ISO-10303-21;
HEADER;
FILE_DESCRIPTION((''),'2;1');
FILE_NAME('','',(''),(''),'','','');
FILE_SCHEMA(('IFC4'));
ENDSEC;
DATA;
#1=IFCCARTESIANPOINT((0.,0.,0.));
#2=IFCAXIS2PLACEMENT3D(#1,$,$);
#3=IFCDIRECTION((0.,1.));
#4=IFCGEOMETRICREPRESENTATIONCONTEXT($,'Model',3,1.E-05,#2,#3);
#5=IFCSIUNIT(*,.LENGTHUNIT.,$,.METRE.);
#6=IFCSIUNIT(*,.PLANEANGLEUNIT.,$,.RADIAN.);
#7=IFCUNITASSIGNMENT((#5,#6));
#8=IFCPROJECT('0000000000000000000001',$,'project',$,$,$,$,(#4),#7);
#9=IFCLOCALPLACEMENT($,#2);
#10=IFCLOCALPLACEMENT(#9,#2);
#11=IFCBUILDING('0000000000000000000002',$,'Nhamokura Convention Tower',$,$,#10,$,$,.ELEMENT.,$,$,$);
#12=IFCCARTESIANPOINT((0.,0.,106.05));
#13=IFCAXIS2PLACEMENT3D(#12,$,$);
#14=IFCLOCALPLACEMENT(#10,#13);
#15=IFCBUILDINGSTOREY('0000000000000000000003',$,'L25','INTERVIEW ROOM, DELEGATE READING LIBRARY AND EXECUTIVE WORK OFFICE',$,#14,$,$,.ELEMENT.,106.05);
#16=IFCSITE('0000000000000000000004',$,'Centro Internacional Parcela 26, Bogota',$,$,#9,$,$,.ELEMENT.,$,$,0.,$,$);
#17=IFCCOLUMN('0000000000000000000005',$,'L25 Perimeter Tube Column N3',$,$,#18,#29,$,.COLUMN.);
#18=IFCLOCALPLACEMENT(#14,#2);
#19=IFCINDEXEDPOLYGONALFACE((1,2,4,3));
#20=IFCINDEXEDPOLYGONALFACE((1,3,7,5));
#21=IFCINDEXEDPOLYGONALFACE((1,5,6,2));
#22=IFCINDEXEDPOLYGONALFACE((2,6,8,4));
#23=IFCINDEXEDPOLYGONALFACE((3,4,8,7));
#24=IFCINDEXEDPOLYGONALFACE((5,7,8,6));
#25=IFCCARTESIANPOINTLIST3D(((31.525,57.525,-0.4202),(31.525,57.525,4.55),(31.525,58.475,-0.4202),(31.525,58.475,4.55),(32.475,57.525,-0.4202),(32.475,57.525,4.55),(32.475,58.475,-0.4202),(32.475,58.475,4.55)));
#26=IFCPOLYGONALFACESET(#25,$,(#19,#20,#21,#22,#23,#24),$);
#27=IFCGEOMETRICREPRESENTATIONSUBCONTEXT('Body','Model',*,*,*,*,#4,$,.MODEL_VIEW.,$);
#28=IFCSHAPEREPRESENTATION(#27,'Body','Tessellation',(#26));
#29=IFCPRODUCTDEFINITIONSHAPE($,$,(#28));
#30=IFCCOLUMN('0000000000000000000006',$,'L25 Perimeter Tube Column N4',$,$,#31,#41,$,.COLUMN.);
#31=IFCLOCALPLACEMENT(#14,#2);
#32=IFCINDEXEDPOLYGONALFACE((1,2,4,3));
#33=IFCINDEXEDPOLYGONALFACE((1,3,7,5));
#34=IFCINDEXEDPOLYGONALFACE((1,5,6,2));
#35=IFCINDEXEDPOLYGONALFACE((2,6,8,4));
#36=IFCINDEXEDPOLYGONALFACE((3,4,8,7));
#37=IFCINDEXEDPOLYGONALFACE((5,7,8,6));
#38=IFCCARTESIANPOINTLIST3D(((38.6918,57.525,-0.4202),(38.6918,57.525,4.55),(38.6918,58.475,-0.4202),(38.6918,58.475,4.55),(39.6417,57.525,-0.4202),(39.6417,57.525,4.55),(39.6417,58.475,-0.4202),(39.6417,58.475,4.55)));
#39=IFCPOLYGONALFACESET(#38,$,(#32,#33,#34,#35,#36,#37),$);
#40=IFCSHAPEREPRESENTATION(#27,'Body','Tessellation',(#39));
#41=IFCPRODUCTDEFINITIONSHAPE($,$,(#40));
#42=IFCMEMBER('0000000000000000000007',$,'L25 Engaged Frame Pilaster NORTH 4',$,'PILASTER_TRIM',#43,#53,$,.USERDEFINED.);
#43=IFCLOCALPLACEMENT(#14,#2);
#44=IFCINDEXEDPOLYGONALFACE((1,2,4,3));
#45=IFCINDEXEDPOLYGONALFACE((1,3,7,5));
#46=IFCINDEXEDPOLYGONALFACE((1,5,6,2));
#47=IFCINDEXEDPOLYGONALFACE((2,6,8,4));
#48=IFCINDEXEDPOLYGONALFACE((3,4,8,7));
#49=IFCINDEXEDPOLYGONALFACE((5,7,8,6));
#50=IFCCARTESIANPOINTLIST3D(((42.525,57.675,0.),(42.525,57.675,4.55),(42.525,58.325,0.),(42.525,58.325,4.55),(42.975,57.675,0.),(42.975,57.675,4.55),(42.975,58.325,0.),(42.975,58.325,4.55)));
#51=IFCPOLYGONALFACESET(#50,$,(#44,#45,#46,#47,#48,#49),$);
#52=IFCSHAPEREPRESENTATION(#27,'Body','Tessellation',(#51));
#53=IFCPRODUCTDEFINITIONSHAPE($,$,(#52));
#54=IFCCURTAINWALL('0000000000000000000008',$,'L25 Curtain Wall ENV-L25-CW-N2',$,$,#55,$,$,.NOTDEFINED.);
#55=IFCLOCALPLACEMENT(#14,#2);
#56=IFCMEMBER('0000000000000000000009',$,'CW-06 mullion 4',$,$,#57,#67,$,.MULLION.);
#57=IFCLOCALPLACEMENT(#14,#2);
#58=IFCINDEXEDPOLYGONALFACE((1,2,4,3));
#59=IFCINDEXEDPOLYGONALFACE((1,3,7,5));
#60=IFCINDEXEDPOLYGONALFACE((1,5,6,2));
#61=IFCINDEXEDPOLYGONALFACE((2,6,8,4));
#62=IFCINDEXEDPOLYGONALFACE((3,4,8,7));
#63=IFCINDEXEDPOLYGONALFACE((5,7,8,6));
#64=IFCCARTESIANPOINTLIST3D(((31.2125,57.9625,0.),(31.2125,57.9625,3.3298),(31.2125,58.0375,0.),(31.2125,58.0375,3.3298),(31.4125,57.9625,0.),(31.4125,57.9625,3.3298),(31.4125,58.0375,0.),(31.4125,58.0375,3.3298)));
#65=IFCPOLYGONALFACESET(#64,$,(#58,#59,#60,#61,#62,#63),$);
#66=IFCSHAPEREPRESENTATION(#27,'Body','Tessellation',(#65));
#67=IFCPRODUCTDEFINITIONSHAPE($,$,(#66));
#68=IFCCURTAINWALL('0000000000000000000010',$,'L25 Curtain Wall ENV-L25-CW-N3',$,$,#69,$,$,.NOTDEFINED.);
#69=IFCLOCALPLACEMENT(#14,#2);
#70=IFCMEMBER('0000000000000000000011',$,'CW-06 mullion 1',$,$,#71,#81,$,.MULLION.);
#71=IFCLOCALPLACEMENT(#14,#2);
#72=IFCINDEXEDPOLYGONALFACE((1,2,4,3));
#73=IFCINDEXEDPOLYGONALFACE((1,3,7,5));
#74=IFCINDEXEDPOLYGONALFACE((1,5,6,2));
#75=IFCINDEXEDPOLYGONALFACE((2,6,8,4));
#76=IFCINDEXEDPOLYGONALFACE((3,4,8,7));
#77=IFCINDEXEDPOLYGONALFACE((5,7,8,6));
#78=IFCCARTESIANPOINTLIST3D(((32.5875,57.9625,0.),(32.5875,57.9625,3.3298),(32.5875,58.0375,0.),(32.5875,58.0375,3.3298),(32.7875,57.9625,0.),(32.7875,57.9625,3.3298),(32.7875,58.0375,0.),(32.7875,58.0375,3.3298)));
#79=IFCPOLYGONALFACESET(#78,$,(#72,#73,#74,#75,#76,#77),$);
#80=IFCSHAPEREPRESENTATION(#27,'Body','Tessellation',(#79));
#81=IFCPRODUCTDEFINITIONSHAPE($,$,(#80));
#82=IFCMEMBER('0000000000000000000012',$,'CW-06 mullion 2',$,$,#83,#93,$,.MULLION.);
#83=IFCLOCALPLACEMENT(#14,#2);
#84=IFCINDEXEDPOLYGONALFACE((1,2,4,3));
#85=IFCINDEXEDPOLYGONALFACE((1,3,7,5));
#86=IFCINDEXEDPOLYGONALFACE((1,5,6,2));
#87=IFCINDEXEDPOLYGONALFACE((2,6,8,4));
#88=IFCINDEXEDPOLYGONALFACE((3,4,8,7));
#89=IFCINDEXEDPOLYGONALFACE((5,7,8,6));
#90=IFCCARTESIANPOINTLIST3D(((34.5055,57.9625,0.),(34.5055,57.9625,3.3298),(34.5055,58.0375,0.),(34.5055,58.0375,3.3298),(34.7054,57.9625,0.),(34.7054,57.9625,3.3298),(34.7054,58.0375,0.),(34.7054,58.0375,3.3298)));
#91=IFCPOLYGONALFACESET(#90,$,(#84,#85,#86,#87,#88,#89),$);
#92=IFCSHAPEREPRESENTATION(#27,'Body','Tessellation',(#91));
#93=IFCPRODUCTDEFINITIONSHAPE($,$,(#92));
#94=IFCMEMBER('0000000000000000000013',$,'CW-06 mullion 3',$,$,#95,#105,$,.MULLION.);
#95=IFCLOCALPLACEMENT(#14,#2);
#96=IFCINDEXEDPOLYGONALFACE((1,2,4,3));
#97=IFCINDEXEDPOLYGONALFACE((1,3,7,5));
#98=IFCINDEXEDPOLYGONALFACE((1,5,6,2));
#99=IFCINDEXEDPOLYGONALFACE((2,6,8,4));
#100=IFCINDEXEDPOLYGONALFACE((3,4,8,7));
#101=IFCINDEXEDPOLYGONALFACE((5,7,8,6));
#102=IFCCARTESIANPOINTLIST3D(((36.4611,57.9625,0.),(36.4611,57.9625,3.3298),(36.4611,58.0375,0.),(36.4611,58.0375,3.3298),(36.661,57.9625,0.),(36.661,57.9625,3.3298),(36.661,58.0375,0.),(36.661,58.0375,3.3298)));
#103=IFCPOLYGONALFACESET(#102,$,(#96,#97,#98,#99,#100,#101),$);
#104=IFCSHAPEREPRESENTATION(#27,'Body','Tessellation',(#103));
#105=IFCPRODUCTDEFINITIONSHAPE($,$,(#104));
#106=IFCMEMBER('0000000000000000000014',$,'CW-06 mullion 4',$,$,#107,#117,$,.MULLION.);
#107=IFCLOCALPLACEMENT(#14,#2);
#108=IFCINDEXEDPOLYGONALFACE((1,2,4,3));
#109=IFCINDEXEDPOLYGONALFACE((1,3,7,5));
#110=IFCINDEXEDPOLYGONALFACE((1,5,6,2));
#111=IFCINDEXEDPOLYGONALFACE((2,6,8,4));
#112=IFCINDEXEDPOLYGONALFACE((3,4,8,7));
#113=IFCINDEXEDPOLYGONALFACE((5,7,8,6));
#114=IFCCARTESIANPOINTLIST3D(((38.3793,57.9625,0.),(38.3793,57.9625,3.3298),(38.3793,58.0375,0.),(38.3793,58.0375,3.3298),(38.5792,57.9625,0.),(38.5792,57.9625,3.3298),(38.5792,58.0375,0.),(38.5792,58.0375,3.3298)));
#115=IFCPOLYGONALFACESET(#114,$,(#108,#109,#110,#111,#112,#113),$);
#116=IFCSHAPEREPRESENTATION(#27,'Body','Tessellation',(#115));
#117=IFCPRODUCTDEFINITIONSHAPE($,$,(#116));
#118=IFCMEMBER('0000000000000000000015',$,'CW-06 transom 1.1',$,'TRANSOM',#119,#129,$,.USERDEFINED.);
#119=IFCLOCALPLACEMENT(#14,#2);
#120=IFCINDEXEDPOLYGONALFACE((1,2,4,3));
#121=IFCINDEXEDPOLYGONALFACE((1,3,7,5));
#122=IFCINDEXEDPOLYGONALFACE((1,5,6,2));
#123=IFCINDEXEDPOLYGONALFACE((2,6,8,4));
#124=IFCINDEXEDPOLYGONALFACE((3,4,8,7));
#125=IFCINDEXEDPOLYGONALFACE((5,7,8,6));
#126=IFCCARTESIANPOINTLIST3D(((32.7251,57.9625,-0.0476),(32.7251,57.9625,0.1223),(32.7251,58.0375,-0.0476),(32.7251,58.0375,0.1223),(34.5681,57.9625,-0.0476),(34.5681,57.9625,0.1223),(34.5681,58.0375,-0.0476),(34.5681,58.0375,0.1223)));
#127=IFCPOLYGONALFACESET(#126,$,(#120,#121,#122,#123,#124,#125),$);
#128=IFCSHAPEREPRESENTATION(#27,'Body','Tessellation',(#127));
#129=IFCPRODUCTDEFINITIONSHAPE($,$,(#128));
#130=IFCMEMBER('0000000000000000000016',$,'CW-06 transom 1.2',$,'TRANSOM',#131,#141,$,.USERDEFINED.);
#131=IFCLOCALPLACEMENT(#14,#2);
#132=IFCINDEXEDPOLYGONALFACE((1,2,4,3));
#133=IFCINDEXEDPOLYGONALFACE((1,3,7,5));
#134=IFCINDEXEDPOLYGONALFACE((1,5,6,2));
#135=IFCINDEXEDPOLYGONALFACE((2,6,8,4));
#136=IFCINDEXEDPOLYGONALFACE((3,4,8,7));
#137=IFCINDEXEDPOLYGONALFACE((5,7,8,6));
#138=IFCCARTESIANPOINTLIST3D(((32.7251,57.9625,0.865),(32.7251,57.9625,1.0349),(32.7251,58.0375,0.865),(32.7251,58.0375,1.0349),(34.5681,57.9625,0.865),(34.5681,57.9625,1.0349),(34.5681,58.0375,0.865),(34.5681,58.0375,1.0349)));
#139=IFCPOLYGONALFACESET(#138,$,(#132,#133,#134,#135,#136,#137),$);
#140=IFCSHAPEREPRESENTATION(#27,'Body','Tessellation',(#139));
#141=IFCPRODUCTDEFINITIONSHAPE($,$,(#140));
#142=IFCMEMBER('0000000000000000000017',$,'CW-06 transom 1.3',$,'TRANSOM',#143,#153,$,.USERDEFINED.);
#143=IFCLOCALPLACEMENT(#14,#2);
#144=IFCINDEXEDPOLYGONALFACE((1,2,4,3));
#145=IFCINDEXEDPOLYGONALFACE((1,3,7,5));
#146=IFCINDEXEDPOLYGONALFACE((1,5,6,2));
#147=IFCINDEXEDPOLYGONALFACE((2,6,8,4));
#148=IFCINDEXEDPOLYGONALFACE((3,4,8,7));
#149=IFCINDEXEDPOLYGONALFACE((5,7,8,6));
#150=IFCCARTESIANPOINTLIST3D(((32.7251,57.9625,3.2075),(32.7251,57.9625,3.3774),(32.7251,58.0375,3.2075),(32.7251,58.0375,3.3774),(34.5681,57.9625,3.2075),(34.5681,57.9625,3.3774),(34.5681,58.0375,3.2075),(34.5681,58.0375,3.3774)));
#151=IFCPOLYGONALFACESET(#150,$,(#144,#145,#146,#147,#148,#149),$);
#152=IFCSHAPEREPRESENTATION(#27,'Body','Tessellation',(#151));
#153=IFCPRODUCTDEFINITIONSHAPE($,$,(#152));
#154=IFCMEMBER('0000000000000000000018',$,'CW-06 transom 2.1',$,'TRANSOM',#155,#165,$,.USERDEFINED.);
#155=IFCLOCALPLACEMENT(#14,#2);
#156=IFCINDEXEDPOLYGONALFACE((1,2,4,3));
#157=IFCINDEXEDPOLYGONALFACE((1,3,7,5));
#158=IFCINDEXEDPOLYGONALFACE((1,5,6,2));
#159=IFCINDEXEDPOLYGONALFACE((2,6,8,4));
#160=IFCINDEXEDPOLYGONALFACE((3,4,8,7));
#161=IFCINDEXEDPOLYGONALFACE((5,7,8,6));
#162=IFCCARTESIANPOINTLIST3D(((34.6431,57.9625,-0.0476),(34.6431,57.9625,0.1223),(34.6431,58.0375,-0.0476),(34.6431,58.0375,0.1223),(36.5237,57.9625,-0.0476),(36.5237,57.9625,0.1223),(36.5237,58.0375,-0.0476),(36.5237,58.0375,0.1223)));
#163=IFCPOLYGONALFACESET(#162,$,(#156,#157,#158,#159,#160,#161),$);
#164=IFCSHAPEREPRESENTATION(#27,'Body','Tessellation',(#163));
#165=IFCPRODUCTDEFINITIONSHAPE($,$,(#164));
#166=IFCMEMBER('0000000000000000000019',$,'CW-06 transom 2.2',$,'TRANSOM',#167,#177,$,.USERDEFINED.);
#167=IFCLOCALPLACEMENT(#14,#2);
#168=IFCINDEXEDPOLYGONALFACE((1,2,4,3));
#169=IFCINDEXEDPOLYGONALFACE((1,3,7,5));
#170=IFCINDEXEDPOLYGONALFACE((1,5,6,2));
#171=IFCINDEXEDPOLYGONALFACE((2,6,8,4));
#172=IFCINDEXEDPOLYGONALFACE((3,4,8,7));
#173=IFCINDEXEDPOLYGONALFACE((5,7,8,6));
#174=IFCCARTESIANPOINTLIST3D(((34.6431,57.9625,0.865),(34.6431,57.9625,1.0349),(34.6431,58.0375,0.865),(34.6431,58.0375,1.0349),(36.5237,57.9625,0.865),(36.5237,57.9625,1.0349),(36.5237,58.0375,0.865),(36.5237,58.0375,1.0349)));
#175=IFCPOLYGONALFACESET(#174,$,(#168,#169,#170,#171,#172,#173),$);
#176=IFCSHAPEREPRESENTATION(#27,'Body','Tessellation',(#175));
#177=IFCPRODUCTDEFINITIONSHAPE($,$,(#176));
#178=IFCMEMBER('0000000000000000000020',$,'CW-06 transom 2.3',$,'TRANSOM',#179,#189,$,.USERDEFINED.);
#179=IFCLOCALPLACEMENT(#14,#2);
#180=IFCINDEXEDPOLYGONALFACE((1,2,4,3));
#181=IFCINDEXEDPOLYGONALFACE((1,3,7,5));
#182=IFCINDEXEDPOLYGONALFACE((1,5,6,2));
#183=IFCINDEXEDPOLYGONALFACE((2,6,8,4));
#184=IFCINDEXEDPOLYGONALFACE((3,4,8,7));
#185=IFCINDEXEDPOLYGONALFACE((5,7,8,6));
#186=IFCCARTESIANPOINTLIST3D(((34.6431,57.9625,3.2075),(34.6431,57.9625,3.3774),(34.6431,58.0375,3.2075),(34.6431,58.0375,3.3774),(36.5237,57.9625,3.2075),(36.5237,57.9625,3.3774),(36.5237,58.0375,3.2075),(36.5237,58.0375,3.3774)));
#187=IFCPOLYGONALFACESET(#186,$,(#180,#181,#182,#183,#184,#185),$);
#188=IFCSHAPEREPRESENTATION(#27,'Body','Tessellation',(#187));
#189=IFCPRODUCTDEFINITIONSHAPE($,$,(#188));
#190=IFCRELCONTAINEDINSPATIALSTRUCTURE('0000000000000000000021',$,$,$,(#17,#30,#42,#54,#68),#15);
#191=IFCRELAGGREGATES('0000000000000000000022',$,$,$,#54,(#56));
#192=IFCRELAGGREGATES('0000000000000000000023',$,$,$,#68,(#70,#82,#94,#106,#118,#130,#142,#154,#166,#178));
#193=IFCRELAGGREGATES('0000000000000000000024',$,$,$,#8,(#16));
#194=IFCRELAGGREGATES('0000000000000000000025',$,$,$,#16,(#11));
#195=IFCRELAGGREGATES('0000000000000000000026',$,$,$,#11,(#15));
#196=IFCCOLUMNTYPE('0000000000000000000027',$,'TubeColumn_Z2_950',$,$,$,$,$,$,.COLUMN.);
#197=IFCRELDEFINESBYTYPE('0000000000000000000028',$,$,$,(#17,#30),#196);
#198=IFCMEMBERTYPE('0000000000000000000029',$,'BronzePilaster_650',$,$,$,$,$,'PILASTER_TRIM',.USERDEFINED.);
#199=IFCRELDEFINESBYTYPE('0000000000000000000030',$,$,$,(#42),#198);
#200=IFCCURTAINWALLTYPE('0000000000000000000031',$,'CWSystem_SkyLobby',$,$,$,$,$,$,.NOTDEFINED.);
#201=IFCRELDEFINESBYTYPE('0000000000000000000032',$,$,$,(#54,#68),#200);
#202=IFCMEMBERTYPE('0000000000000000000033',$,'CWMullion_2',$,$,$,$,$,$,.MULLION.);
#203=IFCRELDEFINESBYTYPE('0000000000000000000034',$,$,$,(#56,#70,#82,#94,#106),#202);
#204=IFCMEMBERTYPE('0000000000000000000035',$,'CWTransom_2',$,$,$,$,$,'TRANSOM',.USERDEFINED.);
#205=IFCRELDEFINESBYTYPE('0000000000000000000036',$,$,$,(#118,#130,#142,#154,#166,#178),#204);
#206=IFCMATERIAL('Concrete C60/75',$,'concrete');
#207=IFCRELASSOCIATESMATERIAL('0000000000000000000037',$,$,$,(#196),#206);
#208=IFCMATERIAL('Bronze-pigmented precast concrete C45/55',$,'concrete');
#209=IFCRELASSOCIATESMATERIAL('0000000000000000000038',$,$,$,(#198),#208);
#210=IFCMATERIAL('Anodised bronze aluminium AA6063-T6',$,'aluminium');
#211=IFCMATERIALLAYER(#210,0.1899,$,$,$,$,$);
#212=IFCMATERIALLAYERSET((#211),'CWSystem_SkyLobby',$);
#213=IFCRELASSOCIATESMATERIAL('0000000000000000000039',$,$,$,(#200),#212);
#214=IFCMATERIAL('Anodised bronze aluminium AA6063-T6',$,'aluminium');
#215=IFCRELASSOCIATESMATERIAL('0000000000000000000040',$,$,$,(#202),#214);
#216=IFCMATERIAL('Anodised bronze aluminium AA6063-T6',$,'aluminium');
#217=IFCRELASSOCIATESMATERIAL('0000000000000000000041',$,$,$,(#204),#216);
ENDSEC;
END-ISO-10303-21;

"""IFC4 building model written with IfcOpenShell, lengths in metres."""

from ifc_helpers import new_model, si_unit, direction, frame, origin, origin_2d, place, context, subcontext, project, spatial, rectangle, extrude, material, layer, layer_set, material_profile, profile_set, type_object, element, aggregate, save


model = new_model("IFC4")

# Units and contexts
model_context = context("Model", 3, precision=1e-05, world=origin(), true_north=direction((0.0, 1.0)))
body_context = subcontext(model_context, "Body", "Model", "MODEL_VIEW")
ifc_project = project(units=[si_unit("LENGTHUNIT", "METRE"), si_unit("PLANEANGLEUNIT", "RADIAN")], contexts=[model_context])

# Site, building, storey
site_placement = place(None, origin())
site = spatial("IfcSite", under=ifc_project, at=site_placement, Name="Centro Internacional Parcela 26, Bogota", CompositionType="ELEMENT", RefElevation=0.0)
building_placement = place(site_placement, origin())
building = spatial("IfcBuilding", under=site, at=building_placement, Name="Nhamokura Convention Tower", CompositionType="ELEMENT")
storey_placement = place(building_placement, frame((0.0, 0.0, 106.05)))
storey = spatial("IfcBuildingStorey", under=building, at=storey_placement, Name="L25", Description="INTERVIEW ROOM, DELEGATE READING LIBRARY AND EXECUTIVE WORK OFFICE", CompositionType="ELEMENT", Elevation=106.05)

# Columns
ifc_material_1 = material(Name="Concrete C60/75", Category="concrete")
ifc_material_profile_1 = material_profile(ifc_material_1, rectangle(XDim=0.95, YDim=0.95, at=origin_2d()))
ifc_profile_set_1 = profile_set([ifc_material_profile_1], Name="Concrete C60/75")
column_type = type_object("IfcColumnType", Name="TubeColumn_Z2_950", PredefinedType="COLUMN", material=ifc_profile_set_1)
for number, where, z_axis, x_axis, name in (
    (1, (32.0, 58.0, -0.4202), (0.0, 0.0, 1.0), (1.0, 0.0, 0.0), "L25 Perimeter Tube Column N3"),
    (2, (39.1667, 58.0, -0.4202), (0.0, 0.0, 1.0), (1.0, 0.0, 0.0), "L25 Perimeter Tube Column N4"),
):
    element("IfcColumn", number, at=place(storey_placement, frame(where, z_axis=z_axis, x_axis=x_axis)), inside=storey, type_object=column_type, Name=name, PredefinedType="COLUMN", context=body_context, shape_type="SweptSolid", body=[
        extrude(rectangle(XDim=0.95, YDim=0.95, at=origin_2d()), origin(), (0.0, 0.0, 1.0), 4.9702),
    ])

# Member
ifc_material_2 = material(Name="Bronze-pigmented precast concrete C45/55", Category="concrete")
ifc_material_profile_2 = material_profile(ifc_material_2, rectangle(XDim=0.45, YDim=0.6499, at=origin_2d()))
ifc_profile_set_2 = profile_set([ifc_material_profile_2], Name="Bronze-pigmented precast concrete C45/55")
member_type_1 = type_object("IfcMemberType", Name="BronzePilaster_650", ElementType="PILASTER_TRIM", PredefinedType="USERDEFINED", material=ifc_profile_set_2)
member_1_placement = place(storey_placement, frame((42.75, 58.0, 0.0), z_axis=(0.0, 0.0, 1.0), x_axis=(1.0, 0.0, 0.0)))
element("IfcMember", 3, at=member_1_placement, inside=storey, type_object=member_type_1, Name="L25 Engaged Frame Pilaster NORTH 4", ObjectType="PILASTER_TRIM", PredefinedType="USERDEFINED", context=body_context, shape_type="SweptSolid", body=[
    extrude(rectangle(XDim=0.45, YDim=0.6499, at=origin_2d()), origin(), (0.0, 0.0, 1.0), 4.55),
])

# Curtain wall, member
ifc_material_3 = material(Name="Anodised bronze aluminium AA6063-T6", Category="aluminium")
ifc_layer_1 = layer(ifc_material_3, 0.1899)
ifc_layer_set_1 = layer_set([ifc_layer_1], Name="CWSystem_SkyLobby")
curtain_wall_type = type_object("IfcCurtainWallType", Name="CWSystem_SkyLobby", PredefinedType="NOTDEFINED", material=ifc_layer_set_1)
curtain_wall_1_placement = place(storey_placement, origin())
curtain_wall_1 = element("IfcCurtainWall", 4, at=curtain_wall_1_placement, inside=storey, type_object=curtain_wall_type, Name="L25 Curtain Wall ENV-L25-CW-N2", PredefinedType="NOTDEFINED")
ifc_material_4 = material(Name="Anodised bronze aluminium AA6063-T6", Category="aluminium")
ifc_material_profile_3 = material_profile(ifc_material_4, rectangle(XDim=0.075, YDim=0.2, at=origin_2d()))
ifc_profile_set_3 = profile_set([ifc_material_profile_3], Name="Anodised bronze aluminium AA6063-T6")
member_type_2 = type_object("IfcMemberType", Name="CWMullion_2", PredefinedType="MULLION", material=ifc_profile_set_3)
member_2_placement = place(storey_placement, frame((31.3125, 58.0, 0.0), z_axis=(0.0, 0.0, 1.0), x_axis=(0.0, 1.0, 0.0)))
member_2 = element("IfcMember", 5, at=member_2_placement, type_object=member_type_2, Name="CW-06 mullion 4", PredefinedType="MULLION", context=body_context, shape_type="SweptSolid", body=[
    extrude(rectangle(XDim=0.075, YDim=0.2, at=origin_2d()), origin(), (0.0, 0.0, 1.0), 3.3298),
])
aggregate(curtain_wall_1, [member_2])

# Curtain wall, members
curtain_wall_2_placement = place(storey_placement, origin())
curtain_wall_2 = element("IfcCurtainWall", 6, at=curtain_wall_2_placement, inside=storey, type_object=curtain_wall_type, Name="L25 Curtain Wall ENV-L25-CW-N3", PredefinedType="NOTDEFINED")
member_3_placement = place(storey_placement, frame((32.6875, 58.0, 0.0), z_axis=(0.0, 0.0, 1.0), x_axis=(0.0, 1.0, 0.0)))
member_3 = element("IfcMember", 7, at=member_3_placement, type_object=member_type_2, Name="CW-06 mullion 1", PredefinedType="MULLION", context=body_context, shape_type="SweptSolid", body=[
    extrude(rectangle(XDim=0.075, YDim=0.2, at=origin_2d()), origin(), (0.0, 0.0, 1.0), 3.3298),
])
member_4_placement = place(storey_placement, frame((34.6055, 58.0, 0.0), z_axis=(0.0, 0.0, 1.0), x_axis=(0.0, 1.0, 0.0)))
member_4 = element("IfcMember", 8, at=member_4_placement, type_object=member_type_2, Name="CW-06 mullion 2", PredefinedType="MULLION", context=body_context, shape_type="SweptSolid", body=[
    extrude(rectangle(XDim=0.075, YDim=0.2, at=origin_2d()), origin(), (0.0, 0.0, 1.0), 3.3298),
])
member_5_placement = place(storey_placement, frame((36.561, 58.0, 0.0), z_axis=(0.0, 0.0, 1.0), x_axis=(0.0, 1.0, 0.0)))
member_5 = element("IfcMember", 9, at=member_5_placement, type_object=member_type_2, Name="CW-06 mullion 3", PredefinedType="MULLION", context=body_context, shape_type="SweptSolid", body=[
    extrude(rectangle(XDim=0.075, YDim=0.2, at=origin_2d()), origin(), (0.0, 0.0, 1.0), 3.3298),
])
member_6_placement = place(storey_placement, frame((38.4792, 58.0, 0.0), z_axis=(0.0, 0.0, 1.0), x_axis=(0.0, 1.0, 0.0)))
member_6 = element("IfcMember", 10, at=member_6_placement, type_object=member_type_2, Name="CW-06 mullion 4", PredefinedType="MULLION", context=body_context, shape_type="SweptSolid", body=[
    extrude(rectangle(XDim=0.075, YDim=0.2, at=origin_2d()), origin(), (0.0, 0.0, 1.0), 3.3298),
])
ifc_material_5 = material(Name="Anodised bronze aluminium AA6063-T6", Category="aluminium")
ifc_material_profile_4 = material_profile(ifc_material_5, rectangle(XDim=0.075, YDim=0.1699, at=origin_2d()))
ifc_profile_set_4 = profile_set([ifc_material_profile_4], Name="Anodised bronze aluminium AA6063-T6")
member_type_3 = type_object("IfcMemberType", Name="CWTransom_2", ElementType="TRANSOM", PredefinedType="USERDEFINED", material=ifc_profile_set_4)
member_7_placement = place(storey_placement, frame((32.7251, 58.0, 0.0374), z_axis=(1.0, 0.0, 0.0), x_axis=(0.0, 1.0, 0.0)))
member_7 = element("IfcMember", 11, at=member_7_placement, type_object=member_type_3, Name="CW-06 transom 1.1", ObjectType="TRANSOM", PredefinedType="USERDEFINED", context=body_context, shape_type="SweptSolid", body=[
    extrude(rectangle(XDim=0.075, YDim=0.1699, at=origin_2d()), origin(), (0.0, 0.0, 1.0), 1.843),
])
member_8_placement = place(storey_placement, frame((32.7251, 58.0, 0.95), z_axis=(1.0, 0.0, 0.0), x_axis=(0.0, 1.0, 0.0)))
member_8 = element("IfcMember", 12, at=member_8_placement, type_object=member_type_3, Name="CW-06 transom 1.2", ObjectType="TRANSOM", PredefinedType="USERDEFINED", context=body_context, shape_type="SweptSolid", body=[
    extrude(rectangle(XDim=0.075, YDim=0.1699, at=origin_2d()), origin(), (0.0, 0.0, 1.0), 1.843),
])
member_9_placement = place(storey_placement, frame((32.7251, 58.0, 3.2925), z_axis=(1.0, 0.0, 0.0), x_axis=(0.0, 1.0, 0.0)))
member_9 = element("IfcMember", 13, at=member_9_placement, type_object=member_type_3, Name="CW-06 transom 1.3", ObjectType="TRANSOM", PredefinedType="USERDEFINED", context=body_context, shape_type="SweptSolid", body=[
    extrude(rectangle(XDim=0.075, YDim=0.1699, at=origin_2d()), origin(), (0.0, 0.0, 1.0), 1.843),
])
member_10_placement = place(storey_placement, frame((34.6431, 58.0, 0.0374), z_axis=(1.0, 0.0, 0.0), x_axis=(0.0, 1.0, 0.0)))
member_10 = element("IfcMember", 14, at=member_10_placement, type_object=member_type_3, Name="CW-06 transom 2.1", ObjectType="TRANSOM", PredefinedType="USERDEFINED", context=body_context, shape_type="SweptSolid", body=[
    extrude(rectangle(XDim=0.075, YDim=0.1699, at=origin_2d()), origin(), (0.0, 0.0, 1.0), 1.8806),
])
member_11_placement = place(storey_placement, frame((34.6431, 58.0, 0.95), z_axis=(1.0, 0.0, 0.0), x_axis=(0.0, 1.0, 0.0)))
member_11 = element("IfcMember", 15, at=member_11_placement, type_object=member_type_3, Name="CW-06 transom 2.2", ObjectType="TRANSOM", PredefinedType="USERDEFINED", context=body_context, shape_type="SweptSolid", body=[
    extrude(rectangle(XDim=0.075, YDim=0.1699, at=origin_2d()), origin(), (0.0, 0.0, 1.0), 1.8806),
])
member_12_placement = place(storey_placement, frame((34.6431, 58.0, 3.2925), z_axis=(1.0, 0.0, 0.0), x_axis=(0.0, 1.0, 0.0)))
member_12 = element("IfcMember", 16, at=member_12_placement, type_object=member_type_3, Name="CW-06 transom 2.3", ObjectType="TRANSOM", PredefinedType="USERDEFINED", context=body_context, shape_type="SweptSolid", body=[
    extrude(rectangle(XDim=0.075, YDim=0.1699, at=origin_2d()), origin(), (0.0, 0.0, 1.0), 1.8806),
])

aggregate(curtain_wall_2, [member_3, member_4, member_5, member_6, member_7, member_8, member_9, member_10, member_11, member_12])

save(model, "model.ifc")
